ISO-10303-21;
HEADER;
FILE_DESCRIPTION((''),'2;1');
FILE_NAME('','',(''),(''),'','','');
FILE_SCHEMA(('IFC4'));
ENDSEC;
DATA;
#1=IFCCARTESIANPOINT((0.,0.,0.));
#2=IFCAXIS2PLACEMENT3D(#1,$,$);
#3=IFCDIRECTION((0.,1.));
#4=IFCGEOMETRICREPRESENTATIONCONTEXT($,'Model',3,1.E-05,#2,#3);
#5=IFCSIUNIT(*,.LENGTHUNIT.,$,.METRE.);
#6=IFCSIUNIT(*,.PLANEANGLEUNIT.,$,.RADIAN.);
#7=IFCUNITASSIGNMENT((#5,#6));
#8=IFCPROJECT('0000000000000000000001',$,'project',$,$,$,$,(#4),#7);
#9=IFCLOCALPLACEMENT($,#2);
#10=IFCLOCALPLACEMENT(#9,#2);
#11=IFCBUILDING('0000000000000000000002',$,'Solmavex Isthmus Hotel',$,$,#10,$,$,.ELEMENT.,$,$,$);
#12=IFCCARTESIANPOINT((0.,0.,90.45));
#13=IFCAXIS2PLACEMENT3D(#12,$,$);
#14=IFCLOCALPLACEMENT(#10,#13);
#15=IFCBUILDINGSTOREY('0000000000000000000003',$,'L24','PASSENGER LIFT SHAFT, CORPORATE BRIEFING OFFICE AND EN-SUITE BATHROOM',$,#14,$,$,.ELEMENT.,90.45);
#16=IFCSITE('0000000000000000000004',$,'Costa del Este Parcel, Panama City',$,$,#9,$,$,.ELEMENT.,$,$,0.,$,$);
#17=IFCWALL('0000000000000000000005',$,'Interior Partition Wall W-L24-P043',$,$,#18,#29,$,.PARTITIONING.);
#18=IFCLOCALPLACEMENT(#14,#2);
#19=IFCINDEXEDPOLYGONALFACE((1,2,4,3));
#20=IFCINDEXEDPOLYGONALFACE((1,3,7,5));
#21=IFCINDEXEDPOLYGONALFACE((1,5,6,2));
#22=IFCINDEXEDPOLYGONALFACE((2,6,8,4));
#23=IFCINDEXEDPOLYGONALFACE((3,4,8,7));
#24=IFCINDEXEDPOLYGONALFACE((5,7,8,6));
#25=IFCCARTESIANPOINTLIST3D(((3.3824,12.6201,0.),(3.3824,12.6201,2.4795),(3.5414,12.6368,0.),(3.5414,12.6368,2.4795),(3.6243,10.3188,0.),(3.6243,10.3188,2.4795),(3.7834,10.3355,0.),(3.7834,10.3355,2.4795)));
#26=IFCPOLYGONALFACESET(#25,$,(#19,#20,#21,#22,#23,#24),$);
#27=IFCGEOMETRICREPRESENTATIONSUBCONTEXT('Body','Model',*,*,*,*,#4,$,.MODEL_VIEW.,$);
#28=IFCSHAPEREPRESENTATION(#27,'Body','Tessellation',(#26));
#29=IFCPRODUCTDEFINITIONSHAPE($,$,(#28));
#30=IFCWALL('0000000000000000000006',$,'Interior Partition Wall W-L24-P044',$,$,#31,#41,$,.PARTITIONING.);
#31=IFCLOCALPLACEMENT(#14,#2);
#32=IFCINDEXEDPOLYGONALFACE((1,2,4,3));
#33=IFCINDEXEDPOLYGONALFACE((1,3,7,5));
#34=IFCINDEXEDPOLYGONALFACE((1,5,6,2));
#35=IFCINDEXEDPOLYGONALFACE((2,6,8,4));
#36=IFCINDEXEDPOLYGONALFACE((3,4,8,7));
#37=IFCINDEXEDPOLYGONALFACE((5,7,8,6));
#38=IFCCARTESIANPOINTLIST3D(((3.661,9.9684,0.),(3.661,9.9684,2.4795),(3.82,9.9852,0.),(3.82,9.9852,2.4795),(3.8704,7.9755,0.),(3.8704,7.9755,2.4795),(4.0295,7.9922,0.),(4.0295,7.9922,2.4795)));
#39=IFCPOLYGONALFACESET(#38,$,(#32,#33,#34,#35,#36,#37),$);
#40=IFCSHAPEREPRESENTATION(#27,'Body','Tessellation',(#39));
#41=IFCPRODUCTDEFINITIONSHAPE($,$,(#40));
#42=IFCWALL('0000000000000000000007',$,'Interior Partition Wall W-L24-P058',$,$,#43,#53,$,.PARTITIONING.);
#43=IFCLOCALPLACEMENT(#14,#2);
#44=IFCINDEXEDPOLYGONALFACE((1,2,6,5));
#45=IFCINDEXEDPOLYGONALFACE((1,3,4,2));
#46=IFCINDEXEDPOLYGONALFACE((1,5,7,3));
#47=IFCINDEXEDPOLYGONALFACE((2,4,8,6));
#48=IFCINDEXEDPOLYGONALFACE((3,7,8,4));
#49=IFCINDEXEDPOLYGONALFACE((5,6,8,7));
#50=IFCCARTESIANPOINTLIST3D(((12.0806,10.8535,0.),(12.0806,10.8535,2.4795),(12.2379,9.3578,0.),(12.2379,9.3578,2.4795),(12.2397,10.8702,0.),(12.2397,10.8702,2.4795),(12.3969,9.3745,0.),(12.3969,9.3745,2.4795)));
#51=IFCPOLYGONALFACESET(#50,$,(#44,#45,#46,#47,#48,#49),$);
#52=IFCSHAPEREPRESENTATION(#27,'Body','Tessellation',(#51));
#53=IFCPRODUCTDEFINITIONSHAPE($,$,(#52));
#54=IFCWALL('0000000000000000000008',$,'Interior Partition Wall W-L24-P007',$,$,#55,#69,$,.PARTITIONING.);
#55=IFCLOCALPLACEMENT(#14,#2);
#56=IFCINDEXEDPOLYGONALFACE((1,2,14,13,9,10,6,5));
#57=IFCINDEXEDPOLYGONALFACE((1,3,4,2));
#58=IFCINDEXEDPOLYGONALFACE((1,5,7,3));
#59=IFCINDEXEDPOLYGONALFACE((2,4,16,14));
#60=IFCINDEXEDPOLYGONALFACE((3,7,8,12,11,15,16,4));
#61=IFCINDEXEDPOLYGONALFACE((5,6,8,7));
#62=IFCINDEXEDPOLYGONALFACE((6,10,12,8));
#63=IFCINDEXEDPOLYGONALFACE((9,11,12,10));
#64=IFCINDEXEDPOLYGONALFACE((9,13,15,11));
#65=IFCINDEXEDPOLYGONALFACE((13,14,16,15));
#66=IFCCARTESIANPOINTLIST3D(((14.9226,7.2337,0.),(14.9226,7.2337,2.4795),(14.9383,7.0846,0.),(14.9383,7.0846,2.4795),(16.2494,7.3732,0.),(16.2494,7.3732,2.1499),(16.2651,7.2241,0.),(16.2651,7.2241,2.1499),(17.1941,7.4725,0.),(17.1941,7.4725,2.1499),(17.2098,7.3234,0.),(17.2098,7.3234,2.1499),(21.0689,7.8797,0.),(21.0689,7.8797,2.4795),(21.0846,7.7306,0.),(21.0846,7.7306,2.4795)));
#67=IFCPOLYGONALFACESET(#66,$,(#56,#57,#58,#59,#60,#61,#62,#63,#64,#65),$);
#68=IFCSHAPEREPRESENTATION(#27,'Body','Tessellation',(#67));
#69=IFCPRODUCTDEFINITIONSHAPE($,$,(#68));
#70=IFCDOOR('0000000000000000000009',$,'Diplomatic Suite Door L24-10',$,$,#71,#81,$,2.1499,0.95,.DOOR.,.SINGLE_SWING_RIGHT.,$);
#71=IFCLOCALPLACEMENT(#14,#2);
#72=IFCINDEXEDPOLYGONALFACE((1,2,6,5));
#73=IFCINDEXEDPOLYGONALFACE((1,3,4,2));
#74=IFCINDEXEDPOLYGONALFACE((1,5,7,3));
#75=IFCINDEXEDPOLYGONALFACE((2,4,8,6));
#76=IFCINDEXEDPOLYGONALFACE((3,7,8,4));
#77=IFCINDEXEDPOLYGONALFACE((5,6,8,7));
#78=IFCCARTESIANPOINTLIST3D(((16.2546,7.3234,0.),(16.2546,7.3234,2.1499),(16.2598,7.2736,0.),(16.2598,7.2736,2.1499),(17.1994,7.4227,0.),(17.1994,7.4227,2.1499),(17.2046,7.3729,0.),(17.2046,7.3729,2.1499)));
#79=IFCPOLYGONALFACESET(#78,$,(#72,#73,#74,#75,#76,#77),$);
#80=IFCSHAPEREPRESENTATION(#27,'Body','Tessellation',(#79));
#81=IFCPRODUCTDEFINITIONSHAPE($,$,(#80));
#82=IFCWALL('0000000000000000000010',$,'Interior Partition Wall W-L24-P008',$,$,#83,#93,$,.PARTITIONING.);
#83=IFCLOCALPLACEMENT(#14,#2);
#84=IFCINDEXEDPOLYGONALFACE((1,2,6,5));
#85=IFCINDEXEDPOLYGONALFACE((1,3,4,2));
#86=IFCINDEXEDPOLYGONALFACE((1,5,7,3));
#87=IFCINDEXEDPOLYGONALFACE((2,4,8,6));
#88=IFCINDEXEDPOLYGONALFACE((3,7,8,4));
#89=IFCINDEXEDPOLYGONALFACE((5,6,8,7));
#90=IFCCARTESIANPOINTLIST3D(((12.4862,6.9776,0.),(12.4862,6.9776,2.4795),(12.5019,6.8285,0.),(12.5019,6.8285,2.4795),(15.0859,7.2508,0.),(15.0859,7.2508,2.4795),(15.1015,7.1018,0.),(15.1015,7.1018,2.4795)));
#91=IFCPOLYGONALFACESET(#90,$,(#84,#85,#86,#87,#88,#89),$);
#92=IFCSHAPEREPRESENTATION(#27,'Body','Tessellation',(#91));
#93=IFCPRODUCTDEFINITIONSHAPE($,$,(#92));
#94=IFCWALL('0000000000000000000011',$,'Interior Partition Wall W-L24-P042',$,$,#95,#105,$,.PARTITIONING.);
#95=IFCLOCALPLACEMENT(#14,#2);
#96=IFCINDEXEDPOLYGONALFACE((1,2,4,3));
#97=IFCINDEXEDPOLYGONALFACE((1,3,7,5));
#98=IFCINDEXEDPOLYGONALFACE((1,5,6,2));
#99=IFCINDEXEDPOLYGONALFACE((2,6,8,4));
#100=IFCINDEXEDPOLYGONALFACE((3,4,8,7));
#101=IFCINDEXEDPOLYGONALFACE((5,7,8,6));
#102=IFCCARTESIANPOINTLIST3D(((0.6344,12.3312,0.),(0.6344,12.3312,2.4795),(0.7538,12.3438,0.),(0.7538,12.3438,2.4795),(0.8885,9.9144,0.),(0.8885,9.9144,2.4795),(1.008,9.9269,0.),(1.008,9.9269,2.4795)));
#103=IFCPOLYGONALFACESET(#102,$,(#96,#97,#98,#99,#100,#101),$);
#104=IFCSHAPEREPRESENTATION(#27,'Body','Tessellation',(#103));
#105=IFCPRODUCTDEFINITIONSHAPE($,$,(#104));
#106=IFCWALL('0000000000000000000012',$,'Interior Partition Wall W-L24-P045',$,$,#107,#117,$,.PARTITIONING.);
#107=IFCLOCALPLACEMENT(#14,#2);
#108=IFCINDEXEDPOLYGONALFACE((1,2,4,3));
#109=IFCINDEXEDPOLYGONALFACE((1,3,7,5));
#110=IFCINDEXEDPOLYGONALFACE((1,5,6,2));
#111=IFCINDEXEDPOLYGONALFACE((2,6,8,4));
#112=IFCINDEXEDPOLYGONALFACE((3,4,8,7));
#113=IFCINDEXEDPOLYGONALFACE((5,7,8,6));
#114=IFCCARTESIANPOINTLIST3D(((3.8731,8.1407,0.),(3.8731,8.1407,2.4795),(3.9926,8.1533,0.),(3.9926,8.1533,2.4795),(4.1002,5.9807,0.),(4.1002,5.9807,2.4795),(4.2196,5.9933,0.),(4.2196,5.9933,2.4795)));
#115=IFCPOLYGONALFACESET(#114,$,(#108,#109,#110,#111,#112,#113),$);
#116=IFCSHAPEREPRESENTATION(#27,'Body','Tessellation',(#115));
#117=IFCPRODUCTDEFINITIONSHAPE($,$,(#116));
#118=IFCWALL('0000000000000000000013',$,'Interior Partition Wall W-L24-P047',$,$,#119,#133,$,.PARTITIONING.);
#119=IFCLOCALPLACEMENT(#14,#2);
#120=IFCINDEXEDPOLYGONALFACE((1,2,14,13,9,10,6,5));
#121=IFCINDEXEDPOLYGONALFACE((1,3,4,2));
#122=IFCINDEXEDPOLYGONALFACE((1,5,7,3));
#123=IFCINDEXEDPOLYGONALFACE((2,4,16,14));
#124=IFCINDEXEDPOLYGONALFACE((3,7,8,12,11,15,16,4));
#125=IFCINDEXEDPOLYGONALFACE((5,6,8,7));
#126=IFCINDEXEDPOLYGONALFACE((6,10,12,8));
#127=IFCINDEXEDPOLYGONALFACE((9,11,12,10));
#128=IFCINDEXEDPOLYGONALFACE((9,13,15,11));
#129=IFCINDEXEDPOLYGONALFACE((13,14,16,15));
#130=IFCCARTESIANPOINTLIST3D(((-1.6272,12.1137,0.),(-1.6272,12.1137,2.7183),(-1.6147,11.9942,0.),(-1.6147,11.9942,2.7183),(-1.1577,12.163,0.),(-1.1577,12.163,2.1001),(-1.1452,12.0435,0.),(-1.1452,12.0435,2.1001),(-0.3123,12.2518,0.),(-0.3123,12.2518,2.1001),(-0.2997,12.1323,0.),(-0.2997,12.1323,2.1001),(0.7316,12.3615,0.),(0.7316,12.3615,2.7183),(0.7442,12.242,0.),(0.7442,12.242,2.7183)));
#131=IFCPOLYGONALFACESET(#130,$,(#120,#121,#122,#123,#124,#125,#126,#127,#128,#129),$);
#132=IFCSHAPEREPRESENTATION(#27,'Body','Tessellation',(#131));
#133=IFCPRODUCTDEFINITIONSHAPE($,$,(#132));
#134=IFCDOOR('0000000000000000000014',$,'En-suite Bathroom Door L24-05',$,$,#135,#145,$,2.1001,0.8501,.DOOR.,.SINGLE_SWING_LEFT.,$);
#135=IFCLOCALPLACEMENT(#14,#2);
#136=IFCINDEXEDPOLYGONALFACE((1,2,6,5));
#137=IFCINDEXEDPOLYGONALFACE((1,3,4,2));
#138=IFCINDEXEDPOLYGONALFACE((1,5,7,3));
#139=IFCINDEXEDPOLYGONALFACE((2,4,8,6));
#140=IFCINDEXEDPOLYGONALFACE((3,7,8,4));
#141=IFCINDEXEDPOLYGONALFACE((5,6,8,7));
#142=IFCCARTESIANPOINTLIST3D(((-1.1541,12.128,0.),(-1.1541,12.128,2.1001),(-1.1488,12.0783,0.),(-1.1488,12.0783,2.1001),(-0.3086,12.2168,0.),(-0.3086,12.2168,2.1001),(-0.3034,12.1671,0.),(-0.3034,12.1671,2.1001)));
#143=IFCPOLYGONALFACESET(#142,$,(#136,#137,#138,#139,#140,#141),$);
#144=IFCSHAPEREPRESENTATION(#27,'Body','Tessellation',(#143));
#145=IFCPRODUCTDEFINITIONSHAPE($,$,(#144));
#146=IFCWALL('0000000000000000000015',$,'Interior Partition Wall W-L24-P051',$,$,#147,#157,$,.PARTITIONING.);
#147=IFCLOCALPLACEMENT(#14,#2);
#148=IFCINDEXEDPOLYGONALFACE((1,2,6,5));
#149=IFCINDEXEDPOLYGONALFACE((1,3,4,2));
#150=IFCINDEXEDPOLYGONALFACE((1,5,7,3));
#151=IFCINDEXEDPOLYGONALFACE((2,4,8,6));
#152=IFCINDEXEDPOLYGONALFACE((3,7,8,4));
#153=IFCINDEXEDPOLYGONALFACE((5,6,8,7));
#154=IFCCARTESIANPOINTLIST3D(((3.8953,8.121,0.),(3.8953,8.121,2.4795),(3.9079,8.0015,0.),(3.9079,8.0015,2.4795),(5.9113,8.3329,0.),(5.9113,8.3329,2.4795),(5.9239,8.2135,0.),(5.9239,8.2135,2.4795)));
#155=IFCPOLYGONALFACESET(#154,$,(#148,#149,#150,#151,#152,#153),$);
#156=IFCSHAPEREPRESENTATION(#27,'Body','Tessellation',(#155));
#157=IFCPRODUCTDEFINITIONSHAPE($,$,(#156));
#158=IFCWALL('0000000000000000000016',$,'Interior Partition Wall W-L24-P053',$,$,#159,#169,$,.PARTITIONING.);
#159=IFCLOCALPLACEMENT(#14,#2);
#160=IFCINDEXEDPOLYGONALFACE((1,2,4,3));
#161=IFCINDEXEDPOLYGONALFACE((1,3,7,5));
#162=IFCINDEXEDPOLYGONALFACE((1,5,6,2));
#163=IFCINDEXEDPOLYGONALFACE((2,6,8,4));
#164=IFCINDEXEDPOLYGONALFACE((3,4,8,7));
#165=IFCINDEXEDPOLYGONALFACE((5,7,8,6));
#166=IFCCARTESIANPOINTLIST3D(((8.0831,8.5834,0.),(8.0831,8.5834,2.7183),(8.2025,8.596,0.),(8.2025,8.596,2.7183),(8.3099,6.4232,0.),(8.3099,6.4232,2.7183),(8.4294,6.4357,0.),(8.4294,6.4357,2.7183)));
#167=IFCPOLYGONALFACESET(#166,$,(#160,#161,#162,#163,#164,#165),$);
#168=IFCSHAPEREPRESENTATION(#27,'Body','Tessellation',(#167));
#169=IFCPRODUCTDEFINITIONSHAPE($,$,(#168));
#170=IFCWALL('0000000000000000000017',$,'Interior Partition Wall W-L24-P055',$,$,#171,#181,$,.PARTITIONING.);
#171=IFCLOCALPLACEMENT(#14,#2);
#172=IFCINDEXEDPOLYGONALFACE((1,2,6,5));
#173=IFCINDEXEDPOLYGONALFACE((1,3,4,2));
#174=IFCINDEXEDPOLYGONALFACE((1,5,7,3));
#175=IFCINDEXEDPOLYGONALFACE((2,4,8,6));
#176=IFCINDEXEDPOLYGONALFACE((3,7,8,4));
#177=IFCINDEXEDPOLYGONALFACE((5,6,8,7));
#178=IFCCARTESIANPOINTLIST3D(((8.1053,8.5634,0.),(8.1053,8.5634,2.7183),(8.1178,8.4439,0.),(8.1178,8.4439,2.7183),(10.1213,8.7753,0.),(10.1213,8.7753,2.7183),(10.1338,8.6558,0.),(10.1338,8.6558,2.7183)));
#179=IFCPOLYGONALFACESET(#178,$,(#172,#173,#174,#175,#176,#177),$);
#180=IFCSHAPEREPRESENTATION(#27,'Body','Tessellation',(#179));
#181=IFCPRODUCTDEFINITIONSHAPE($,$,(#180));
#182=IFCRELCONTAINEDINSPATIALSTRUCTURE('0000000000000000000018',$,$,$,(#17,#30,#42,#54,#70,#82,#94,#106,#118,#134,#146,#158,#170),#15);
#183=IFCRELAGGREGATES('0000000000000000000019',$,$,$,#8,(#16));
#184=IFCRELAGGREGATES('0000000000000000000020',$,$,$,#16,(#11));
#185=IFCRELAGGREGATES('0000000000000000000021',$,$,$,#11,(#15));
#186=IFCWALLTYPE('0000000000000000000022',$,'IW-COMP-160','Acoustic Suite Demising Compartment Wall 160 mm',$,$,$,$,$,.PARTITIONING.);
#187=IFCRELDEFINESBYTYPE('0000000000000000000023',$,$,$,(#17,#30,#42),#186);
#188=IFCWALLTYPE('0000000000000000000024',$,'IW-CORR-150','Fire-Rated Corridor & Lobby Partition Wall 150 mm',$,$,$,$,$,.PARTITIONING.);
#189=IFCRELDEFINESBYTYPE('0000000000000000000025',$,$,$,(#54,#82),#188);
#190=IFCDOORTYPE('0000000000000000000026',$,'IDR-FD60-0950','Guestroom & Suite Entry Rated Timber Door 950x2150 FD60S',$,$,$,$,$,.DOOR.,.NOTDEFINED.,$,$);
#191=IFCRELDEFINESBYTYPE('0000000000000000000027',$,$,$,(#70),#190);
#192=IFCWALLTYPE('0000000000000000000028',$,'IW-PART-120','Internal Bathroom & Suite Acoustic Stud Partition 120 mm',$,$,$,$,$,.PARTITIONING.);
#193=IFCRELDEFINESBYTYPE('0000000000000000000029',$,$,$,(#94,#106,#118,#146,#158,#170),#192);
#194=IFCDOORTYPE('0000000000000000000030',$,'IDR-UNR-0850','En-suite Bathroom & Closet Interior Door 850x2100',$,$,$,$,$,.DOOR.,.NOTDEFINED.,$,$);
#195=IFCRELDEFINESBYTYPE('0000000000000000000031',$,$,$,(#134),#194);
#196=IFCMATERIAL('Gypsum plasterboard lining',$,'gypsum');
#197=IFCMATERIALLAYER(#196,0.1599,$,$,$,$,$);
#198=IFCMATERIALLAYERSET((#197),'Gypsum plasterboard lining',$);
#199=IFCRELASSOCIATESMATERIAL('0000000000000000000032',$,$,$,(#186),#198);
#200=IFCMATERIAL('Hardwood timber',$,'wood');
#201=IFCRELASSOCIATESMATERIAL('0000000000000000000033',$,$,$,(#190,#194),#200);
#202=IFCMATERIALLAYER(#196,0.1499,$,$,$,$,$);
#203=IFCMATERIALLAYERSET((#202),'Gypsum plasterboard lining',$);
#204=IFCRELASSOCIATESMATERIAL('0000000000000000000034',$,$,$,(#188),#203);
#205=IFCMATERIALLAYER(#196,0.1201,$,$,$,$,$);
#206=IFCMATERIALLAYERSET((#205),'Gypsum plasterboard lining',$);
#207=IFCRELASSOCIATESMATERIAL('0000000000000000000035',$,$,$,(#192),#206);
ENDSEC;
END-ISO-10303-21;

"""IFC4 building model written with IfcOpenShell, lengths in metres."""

from ifc_helpers import new_model, si_unit, direction, frame, frame_2d, origin, place, context, subcontext, project, spatial, rectangle, extrude, material, layer, layer_set, type_object, element, fill, save


model = new_model("IFC4")

# Units and contexts
model_context = context("Model", 3, precision=1e-05, world=origin(), true_north=direction((0.0, 1.0)))
body_context = subcontext(model_context, "Body", "Model", "MODEL_VIEW")
ifc_project = project(units=[si_unit("LENGTHUNIT", "METRE"), si_unit("PLANEANGLEUNIT", "RADIAN")], contexts=[model_context])

# Site, building, storey
site_placement = place(None, origin())
site = spatial("IfcSite", under=ifc_project, at=site_placement, Name="Costa del Este Parcel, Panama City", CompositionType="ELEMENT", RefElevation=0.0)
building_placement = place(site_placement, origin())
building = spatial("IfcBuilding", under=site, at=building_placement, Name="Solmavex Isthmus Hotel", CompositionType="ELEMENT")
storey_placement = place(building_placement, frame((0.0, 0.0, 90.45)))
storey = spatial("IfcBuildingStorey", under=building, at=storey_placement, Name="L24", Description="PASSENGER LIFT SHAFT, CORPORATE BRIEFING OFFICE AND EN-SUITE BATHROOM", CompositionType="ELEMENT", Elevation=90.45)

# Shared definitions
ifc_material_1 = material(Name="Gypsum plasterboard lining", Category="gypsum")
ifc_layer_1 = layer(ifc_material_1, 0.1599)
ifc_layer_set_1 = layer_set([ifc_layer_1], Name="Gypsum plasterboard lining")
wall_type_1 = type_object("IfcWallType", Name="IW-COMP-160", Description="Acoustic Suite Demising Compartment Wall 160 mm", PredefinedType="PARTITIONING", material=ifc_layer_set_1)
ifc_material_2 = material(Name="Hardwood timber", Category="wood")
door_type_1 = type_object("IfcDoorType", Name="IDR-FD60-0950", Description="Guestroom & Suite Entry Rated Timber Door 950x2150 FD60S", OperationType="NOTDEFINED", PredefinedType="DOOR", material=ifc_material_2)

# Walls
wall_1_placement = place(storey_placement, frame((3.4619, 12.6284, 0.0), z_axis=(0.0, 0.0, 1.0), x_axis=(0.104558, -0.994519, 0.0)))
element("IfcWall", 1, at=wall_1_placement, inside=storey, type_object=wall_type_1, Name="Interior Partition Wall W-L24-P043", PredefinedType="PARTITIONING", context=body_context, shape_type="SweptSolid", body=[
    extrude(rectangle(XDim=2.314, YDim=0.1599, at=frame_2d((1.157, 0.0))), origin(), (0.0, 0.0, 1.0), 2.4795),
])
wall_2_placement = place(storey_placement, frame((3.7405, 9.9768, 0.0), z_axis=(0.0, 0.0, 1.0), x_axis=(0.104533, -0.994521, 0.0)))
element("IfcWall", 2, at=wall_2_placement, inside=storey, type_object=wall_type_1, Name="Interior Partition Wall W-L24-P044", PredefinedType="PARTITIONING", context=body_context, shape_type="SweptSolid", body=[
    extrude(rectangle(XDim=2.0039, YDim=0.1599, at=frame_2d((1.002, 0.0))), origin(), (0.0, 0.0, 1.0), 2.4795),
])
wall_3_placement = place(storey_placement, frame((12.1602, 10.8618, 0.0), z_axis=(0.0, 0.0, 1.0), x_axis=(0.10455, -0.99452, 0.0)))
element("IfcWall", 3, at=wall_3_placement, inside=storey, type_object=wall_type_1, Name="Interior Partition Wall W-L24-P058", PredefinedType="PARTITIONING", context=body_context, shape_type="SweptSolid", body=[
    extrude(rectangle(XDim=1.5039, YDim=0.1599, at=frame_2d((0.752, 0.0))), origin(), (0.0, 0.0, 1.0), 2.4795),
])

# Wall, opening, door
ifc_layer_2 = layer(ifc_material_1, 0.1499)
ifc_layer_set_2 = layer_set([ifc_layer_2], Name="Gypsum plasterboard lining")
wall_type_2 = type_object("IfcWallType", Name="IW-CORR-150", Description="Fire-Rated Corridor & Lobby Partition Wall 150 mm", PredefinedType="PARTITIONING", material=ifc_layer_set_2)
wall_4_placement = place(storey_placement, frame((14.9304, 7.1592, 0.0), z_axis=(0.0, 0.0, 1.0), x_axis=(0.994522, 0.104528, 0.0)))
wall_4 = element("IfcWall", 4, at=wall_4_placement, inside=storey, type_object=wall_type_2, Name="Interior Partition Wall W-L24-P007", PredefinedType="PARTITIONING", context=body_context, shape_type="SweptSolid", body=[
    extrude(rectangle(XDim=6.1802, YDim=0.1499, at=frame_2d((3.0901, 0.0))), origin(), (0.0, 0.0, 1.0), 2.4795),
])
opening_1_placement = place(wall_4_placement, frame((1.334, 0.0, 0.0)))
opening_1 = element("IfcOpeningElement", 5, at=opening_1_placement, cuts=wall_4, PredefinedType="OPENING", context=body_context, shape_type="SweptSolid", body=[
    extrude(rectangle(XDim=0.95, YDim=2.1499, at=frame_2d((0.4751, 1.075))), frame((0.0, 0.085, 0.0), z_axis=(0.0, -1.0, 0.0), x_axis=(1.0, 0.0, 0.0)), (0.0, 0.0, 1.0), 0.1699),
])
door_1_placement = place(opening_1_placement, origin())
door_1 = element("IfcDoor", 6, at=door_1_placement, inside=storey, type_object=door_type_1, Name="Diplomatic Suite Door L24-10", OperationType="SINGLE_SWING_RIGHT", OverallHeight=2.1499, OverallWidth=0.95, PredefinedType="DOOR", context=body_context, shape_type="SweptSolid", body=[
    extrude(rectangle(XDim=0.95, YDim=2.1499, at=frame_2d((0.4751, 1.075))), frame((0.0, 0.0249, 0.0), z_axis=(0.0, -1.0, 0.0), x_axis=(1.0, 0.0, 0.0)), (0.0, 0.0, 1.0), 0.05),
])
fill(opening_1, door_1)

# Walls
wall_5_placement = place(storey_placement, frame((12.4939, 6.9031, 0.0), z_axis=(0.0, 0.0, 1.0), x_axis=(0.994523, 0.104515, 0.0)))
element("IfcWall", 7, at=wall_5_placement, inside=storey, type_object=wall_type_2, Name="Interior Partition Wall W-L24-P008", PredefinedType="PARTITIONING", context=body_context, shape_type="SweptSolid", body=[
    extrude(rectangle(XDim=2.614, YDim=0.1499, at=frame_2d((1.3071, 0.0))), origin(), (0.0, 0.0, 1.0), 2.4795),
])
ifc_layer_3 = layer(ifc_material_1, 0.1201)
ifc_layer_set_3 = layer_set([ifc_layer_3], Name="Gypsum plasterboard lining")
wall_type_3 = type_object("IfcWallType", Name="IW-PART-120", Description="Internal Bathroom & Suite Acoustic Stud Partition 120 mm", PredefinedType="PARTITIONING", material=ifc_layer_set_3)
wall_6_placement = place(storey_placement, frame((0.9482, 9.9207, 0.0), z_axis=(0.0, 0.0, 1.0), x_axis=(-0.104585, 0.994516, 0.0)))
element("IfcWall", 8, at=wall_6_placement, inside=storey, type_object=wall_type_3, Name="Interior Partition Wall W-L24-P042", PredefinedType="PARTITIONING", context=body_context, shape_type="SweptSolid", body=[
    extrude(rectangle(XDim=2.4302, YDim=0.1201, at=frame_2d((1.2151, 0.0))), origin(), (0.0, 0.0, 1.0), 2.4795),
])
wall_7_placement = place(storey_placement, frame((3.9329, 8.147, 0.0), z_axis=(0.0, 0.0, 1.0), x_axis=(0.104544, -0.99452, 0.0)))
element("IfcWall", 9, at=wall_7_placement, inside=storey, type_object=wall_type_3, Name="Interior Partition Wall W-L24-P045", PredefinedType="PARTITIONING", context=body_context, shape_type="SweptSolid", body=[
    extrude(rectangle(XDim=2.1719, YDim=0.1201, at=frame_2d((1.0859, 0.0))), origin(), (0.0, 0.0, 1.0), 2.4795),
])

# Wall, opening, door
wall_8_placement = place(storey_placement, frame((0.738, 12.3018, 0.0), z_axis=(0.0, 0.0, 1.0), x_axis=(-0.994527, -0.104476, 0.0)))
wall_8 = element("IfcWall", 10, at=wall_8_placement, inside=storey, type_object=wall_type_3, Name="Interior Partition Wall W-L24-P047", PredefinedType="PARTITIONING", context=body_context, shape_type="SweptSolid", body=[
    extrude(rectangle(XDim=2.3718, YDim=0.1201, at=frame_2d((1.186, 0.0))), origin(), (0.0, 0.0, 1.0), 2.7183),
])
opening_2_placement = place(wall_8_placement, frame((1.0498, 0.0, 0.0)))
opening_2 = element("IfcOpeningElement", 11, at=opening_2_placement, cuts=wall_8, PredefinedType="OPENING", context=body_context, shape_type="SweptSolid", body=[
    extrude(rectangle(XDim=0.8501, YDim=2.1001, at=frame_2d((0.425, 1.05))), frame((0.0, 0.0701, 0.0), z_axis=(0.0, -1.0, 0.0), x_axis=(1.0, 0.0, 0.0)), (0.0, 0.0, 1.0), 0.1401),
])
door_type_2 = type_object("IfcDoorType", Name="IDR-UNR-0850", Description="En-suite Bathroom & Closet Interior Door 850x2100", OperationType="NOTDEFINED", PredefinedType="DOOR", material=ifc_material_2)
door_2_placement = place(opening_2_placement, frame((0.8501, 0.0, 0.0), z_axis=(0.0, 0.0, 1.0), x_axis=(-1.0, 0.0, 0.0)))
door_2 = element("IfcDoor", 12, at=door_2_placement, inside=storey, type_object=door_type_2, Name="En-suite Bathroom Door L24-05", OperationType="SINGLE_SWING_LEFT", OverallHeight=2.1001, OverallWidth=0.8501, PredefinedType="DOOR", context=body_context, shape_type="SweptSolid", body=[
    extrude(rectangle(XDim=0.8501, YDim=2.1001, at=frame_2d((0.425, 1.05))), frame((0.0, 0.0249, 0.0), z_axis=(0.0, -1.0, 0.0), x_axis=(1.0, 0.0, 0.0)), (0.0, 0.0, 1.0), 0.05),
])
fill(opening_2, door_2)

# Walls
wall_9_placement = place(storey_placement, frame((5.9177, 8.2732, 0.0), z_axis=(0.0, 0.0, 1.0), x_axis=(-0.994521, -0.104534, 0.0)))
element("IfcWall", 13, at=wall_9_placement, inside=storey, type_object=wall_type_3, Name="Interior Partition Wall W-L24-P051", PredefinedType="PARTITIONING", context=body_context, shape_type="SweptSolid", body=[
    extrude(rectangle(XDim=2.0271, YDim=0.1201, at=frame_2d((1.0137, 0.0))), origin(), (0.0, 0.0, 1.0), 2.4795),
])
wall_10_placement = place(storey_placement, frame((8.1428, 8.5896, 0.0), z_axis=(0.0, 0.0, 1.0), x_axis=(0.104421, -0.994533, 0.0)))
element("IfcWall", 14, at=wall_10_placement, inside=storey, type_object=wall_type_3, Name="Interior Partition Wall W-L24-P053", PredefinedType="PARTITIONING", context=body_context, shape_type="SweptSolid", body=[
    extrude(rectangle(XDim=2.1721, YDim=0.1201, at=frame_2d((1.0859, 0.0))), origin(), (0.0, 0.0, 1.0), 2.7183),
])
wall_11_placement = place(storey_placement, frame((10.1277, 8.7156, 0.0), z_axis=(0.0, 0.0, 1.0), x_axis=(-0.994521, -0.104534, 0.0)))
element("IfcWall", 15, at=wall_11_placement, inside=storey, type_object=wall_type_3, Name="Interior Partition Wall W-L24-P055", PredefinedType="PARTITIONING", context=body_context, shape_type="SweptSolid", body=[
    extrude(rectangle(XDim=2.0271, YDim=0.1201, at=frame_2d((1.0137, 0.0))), origin(), (0.0, 0.0, 1.0), 2.7183),
])

save(model, "model.ifc")
